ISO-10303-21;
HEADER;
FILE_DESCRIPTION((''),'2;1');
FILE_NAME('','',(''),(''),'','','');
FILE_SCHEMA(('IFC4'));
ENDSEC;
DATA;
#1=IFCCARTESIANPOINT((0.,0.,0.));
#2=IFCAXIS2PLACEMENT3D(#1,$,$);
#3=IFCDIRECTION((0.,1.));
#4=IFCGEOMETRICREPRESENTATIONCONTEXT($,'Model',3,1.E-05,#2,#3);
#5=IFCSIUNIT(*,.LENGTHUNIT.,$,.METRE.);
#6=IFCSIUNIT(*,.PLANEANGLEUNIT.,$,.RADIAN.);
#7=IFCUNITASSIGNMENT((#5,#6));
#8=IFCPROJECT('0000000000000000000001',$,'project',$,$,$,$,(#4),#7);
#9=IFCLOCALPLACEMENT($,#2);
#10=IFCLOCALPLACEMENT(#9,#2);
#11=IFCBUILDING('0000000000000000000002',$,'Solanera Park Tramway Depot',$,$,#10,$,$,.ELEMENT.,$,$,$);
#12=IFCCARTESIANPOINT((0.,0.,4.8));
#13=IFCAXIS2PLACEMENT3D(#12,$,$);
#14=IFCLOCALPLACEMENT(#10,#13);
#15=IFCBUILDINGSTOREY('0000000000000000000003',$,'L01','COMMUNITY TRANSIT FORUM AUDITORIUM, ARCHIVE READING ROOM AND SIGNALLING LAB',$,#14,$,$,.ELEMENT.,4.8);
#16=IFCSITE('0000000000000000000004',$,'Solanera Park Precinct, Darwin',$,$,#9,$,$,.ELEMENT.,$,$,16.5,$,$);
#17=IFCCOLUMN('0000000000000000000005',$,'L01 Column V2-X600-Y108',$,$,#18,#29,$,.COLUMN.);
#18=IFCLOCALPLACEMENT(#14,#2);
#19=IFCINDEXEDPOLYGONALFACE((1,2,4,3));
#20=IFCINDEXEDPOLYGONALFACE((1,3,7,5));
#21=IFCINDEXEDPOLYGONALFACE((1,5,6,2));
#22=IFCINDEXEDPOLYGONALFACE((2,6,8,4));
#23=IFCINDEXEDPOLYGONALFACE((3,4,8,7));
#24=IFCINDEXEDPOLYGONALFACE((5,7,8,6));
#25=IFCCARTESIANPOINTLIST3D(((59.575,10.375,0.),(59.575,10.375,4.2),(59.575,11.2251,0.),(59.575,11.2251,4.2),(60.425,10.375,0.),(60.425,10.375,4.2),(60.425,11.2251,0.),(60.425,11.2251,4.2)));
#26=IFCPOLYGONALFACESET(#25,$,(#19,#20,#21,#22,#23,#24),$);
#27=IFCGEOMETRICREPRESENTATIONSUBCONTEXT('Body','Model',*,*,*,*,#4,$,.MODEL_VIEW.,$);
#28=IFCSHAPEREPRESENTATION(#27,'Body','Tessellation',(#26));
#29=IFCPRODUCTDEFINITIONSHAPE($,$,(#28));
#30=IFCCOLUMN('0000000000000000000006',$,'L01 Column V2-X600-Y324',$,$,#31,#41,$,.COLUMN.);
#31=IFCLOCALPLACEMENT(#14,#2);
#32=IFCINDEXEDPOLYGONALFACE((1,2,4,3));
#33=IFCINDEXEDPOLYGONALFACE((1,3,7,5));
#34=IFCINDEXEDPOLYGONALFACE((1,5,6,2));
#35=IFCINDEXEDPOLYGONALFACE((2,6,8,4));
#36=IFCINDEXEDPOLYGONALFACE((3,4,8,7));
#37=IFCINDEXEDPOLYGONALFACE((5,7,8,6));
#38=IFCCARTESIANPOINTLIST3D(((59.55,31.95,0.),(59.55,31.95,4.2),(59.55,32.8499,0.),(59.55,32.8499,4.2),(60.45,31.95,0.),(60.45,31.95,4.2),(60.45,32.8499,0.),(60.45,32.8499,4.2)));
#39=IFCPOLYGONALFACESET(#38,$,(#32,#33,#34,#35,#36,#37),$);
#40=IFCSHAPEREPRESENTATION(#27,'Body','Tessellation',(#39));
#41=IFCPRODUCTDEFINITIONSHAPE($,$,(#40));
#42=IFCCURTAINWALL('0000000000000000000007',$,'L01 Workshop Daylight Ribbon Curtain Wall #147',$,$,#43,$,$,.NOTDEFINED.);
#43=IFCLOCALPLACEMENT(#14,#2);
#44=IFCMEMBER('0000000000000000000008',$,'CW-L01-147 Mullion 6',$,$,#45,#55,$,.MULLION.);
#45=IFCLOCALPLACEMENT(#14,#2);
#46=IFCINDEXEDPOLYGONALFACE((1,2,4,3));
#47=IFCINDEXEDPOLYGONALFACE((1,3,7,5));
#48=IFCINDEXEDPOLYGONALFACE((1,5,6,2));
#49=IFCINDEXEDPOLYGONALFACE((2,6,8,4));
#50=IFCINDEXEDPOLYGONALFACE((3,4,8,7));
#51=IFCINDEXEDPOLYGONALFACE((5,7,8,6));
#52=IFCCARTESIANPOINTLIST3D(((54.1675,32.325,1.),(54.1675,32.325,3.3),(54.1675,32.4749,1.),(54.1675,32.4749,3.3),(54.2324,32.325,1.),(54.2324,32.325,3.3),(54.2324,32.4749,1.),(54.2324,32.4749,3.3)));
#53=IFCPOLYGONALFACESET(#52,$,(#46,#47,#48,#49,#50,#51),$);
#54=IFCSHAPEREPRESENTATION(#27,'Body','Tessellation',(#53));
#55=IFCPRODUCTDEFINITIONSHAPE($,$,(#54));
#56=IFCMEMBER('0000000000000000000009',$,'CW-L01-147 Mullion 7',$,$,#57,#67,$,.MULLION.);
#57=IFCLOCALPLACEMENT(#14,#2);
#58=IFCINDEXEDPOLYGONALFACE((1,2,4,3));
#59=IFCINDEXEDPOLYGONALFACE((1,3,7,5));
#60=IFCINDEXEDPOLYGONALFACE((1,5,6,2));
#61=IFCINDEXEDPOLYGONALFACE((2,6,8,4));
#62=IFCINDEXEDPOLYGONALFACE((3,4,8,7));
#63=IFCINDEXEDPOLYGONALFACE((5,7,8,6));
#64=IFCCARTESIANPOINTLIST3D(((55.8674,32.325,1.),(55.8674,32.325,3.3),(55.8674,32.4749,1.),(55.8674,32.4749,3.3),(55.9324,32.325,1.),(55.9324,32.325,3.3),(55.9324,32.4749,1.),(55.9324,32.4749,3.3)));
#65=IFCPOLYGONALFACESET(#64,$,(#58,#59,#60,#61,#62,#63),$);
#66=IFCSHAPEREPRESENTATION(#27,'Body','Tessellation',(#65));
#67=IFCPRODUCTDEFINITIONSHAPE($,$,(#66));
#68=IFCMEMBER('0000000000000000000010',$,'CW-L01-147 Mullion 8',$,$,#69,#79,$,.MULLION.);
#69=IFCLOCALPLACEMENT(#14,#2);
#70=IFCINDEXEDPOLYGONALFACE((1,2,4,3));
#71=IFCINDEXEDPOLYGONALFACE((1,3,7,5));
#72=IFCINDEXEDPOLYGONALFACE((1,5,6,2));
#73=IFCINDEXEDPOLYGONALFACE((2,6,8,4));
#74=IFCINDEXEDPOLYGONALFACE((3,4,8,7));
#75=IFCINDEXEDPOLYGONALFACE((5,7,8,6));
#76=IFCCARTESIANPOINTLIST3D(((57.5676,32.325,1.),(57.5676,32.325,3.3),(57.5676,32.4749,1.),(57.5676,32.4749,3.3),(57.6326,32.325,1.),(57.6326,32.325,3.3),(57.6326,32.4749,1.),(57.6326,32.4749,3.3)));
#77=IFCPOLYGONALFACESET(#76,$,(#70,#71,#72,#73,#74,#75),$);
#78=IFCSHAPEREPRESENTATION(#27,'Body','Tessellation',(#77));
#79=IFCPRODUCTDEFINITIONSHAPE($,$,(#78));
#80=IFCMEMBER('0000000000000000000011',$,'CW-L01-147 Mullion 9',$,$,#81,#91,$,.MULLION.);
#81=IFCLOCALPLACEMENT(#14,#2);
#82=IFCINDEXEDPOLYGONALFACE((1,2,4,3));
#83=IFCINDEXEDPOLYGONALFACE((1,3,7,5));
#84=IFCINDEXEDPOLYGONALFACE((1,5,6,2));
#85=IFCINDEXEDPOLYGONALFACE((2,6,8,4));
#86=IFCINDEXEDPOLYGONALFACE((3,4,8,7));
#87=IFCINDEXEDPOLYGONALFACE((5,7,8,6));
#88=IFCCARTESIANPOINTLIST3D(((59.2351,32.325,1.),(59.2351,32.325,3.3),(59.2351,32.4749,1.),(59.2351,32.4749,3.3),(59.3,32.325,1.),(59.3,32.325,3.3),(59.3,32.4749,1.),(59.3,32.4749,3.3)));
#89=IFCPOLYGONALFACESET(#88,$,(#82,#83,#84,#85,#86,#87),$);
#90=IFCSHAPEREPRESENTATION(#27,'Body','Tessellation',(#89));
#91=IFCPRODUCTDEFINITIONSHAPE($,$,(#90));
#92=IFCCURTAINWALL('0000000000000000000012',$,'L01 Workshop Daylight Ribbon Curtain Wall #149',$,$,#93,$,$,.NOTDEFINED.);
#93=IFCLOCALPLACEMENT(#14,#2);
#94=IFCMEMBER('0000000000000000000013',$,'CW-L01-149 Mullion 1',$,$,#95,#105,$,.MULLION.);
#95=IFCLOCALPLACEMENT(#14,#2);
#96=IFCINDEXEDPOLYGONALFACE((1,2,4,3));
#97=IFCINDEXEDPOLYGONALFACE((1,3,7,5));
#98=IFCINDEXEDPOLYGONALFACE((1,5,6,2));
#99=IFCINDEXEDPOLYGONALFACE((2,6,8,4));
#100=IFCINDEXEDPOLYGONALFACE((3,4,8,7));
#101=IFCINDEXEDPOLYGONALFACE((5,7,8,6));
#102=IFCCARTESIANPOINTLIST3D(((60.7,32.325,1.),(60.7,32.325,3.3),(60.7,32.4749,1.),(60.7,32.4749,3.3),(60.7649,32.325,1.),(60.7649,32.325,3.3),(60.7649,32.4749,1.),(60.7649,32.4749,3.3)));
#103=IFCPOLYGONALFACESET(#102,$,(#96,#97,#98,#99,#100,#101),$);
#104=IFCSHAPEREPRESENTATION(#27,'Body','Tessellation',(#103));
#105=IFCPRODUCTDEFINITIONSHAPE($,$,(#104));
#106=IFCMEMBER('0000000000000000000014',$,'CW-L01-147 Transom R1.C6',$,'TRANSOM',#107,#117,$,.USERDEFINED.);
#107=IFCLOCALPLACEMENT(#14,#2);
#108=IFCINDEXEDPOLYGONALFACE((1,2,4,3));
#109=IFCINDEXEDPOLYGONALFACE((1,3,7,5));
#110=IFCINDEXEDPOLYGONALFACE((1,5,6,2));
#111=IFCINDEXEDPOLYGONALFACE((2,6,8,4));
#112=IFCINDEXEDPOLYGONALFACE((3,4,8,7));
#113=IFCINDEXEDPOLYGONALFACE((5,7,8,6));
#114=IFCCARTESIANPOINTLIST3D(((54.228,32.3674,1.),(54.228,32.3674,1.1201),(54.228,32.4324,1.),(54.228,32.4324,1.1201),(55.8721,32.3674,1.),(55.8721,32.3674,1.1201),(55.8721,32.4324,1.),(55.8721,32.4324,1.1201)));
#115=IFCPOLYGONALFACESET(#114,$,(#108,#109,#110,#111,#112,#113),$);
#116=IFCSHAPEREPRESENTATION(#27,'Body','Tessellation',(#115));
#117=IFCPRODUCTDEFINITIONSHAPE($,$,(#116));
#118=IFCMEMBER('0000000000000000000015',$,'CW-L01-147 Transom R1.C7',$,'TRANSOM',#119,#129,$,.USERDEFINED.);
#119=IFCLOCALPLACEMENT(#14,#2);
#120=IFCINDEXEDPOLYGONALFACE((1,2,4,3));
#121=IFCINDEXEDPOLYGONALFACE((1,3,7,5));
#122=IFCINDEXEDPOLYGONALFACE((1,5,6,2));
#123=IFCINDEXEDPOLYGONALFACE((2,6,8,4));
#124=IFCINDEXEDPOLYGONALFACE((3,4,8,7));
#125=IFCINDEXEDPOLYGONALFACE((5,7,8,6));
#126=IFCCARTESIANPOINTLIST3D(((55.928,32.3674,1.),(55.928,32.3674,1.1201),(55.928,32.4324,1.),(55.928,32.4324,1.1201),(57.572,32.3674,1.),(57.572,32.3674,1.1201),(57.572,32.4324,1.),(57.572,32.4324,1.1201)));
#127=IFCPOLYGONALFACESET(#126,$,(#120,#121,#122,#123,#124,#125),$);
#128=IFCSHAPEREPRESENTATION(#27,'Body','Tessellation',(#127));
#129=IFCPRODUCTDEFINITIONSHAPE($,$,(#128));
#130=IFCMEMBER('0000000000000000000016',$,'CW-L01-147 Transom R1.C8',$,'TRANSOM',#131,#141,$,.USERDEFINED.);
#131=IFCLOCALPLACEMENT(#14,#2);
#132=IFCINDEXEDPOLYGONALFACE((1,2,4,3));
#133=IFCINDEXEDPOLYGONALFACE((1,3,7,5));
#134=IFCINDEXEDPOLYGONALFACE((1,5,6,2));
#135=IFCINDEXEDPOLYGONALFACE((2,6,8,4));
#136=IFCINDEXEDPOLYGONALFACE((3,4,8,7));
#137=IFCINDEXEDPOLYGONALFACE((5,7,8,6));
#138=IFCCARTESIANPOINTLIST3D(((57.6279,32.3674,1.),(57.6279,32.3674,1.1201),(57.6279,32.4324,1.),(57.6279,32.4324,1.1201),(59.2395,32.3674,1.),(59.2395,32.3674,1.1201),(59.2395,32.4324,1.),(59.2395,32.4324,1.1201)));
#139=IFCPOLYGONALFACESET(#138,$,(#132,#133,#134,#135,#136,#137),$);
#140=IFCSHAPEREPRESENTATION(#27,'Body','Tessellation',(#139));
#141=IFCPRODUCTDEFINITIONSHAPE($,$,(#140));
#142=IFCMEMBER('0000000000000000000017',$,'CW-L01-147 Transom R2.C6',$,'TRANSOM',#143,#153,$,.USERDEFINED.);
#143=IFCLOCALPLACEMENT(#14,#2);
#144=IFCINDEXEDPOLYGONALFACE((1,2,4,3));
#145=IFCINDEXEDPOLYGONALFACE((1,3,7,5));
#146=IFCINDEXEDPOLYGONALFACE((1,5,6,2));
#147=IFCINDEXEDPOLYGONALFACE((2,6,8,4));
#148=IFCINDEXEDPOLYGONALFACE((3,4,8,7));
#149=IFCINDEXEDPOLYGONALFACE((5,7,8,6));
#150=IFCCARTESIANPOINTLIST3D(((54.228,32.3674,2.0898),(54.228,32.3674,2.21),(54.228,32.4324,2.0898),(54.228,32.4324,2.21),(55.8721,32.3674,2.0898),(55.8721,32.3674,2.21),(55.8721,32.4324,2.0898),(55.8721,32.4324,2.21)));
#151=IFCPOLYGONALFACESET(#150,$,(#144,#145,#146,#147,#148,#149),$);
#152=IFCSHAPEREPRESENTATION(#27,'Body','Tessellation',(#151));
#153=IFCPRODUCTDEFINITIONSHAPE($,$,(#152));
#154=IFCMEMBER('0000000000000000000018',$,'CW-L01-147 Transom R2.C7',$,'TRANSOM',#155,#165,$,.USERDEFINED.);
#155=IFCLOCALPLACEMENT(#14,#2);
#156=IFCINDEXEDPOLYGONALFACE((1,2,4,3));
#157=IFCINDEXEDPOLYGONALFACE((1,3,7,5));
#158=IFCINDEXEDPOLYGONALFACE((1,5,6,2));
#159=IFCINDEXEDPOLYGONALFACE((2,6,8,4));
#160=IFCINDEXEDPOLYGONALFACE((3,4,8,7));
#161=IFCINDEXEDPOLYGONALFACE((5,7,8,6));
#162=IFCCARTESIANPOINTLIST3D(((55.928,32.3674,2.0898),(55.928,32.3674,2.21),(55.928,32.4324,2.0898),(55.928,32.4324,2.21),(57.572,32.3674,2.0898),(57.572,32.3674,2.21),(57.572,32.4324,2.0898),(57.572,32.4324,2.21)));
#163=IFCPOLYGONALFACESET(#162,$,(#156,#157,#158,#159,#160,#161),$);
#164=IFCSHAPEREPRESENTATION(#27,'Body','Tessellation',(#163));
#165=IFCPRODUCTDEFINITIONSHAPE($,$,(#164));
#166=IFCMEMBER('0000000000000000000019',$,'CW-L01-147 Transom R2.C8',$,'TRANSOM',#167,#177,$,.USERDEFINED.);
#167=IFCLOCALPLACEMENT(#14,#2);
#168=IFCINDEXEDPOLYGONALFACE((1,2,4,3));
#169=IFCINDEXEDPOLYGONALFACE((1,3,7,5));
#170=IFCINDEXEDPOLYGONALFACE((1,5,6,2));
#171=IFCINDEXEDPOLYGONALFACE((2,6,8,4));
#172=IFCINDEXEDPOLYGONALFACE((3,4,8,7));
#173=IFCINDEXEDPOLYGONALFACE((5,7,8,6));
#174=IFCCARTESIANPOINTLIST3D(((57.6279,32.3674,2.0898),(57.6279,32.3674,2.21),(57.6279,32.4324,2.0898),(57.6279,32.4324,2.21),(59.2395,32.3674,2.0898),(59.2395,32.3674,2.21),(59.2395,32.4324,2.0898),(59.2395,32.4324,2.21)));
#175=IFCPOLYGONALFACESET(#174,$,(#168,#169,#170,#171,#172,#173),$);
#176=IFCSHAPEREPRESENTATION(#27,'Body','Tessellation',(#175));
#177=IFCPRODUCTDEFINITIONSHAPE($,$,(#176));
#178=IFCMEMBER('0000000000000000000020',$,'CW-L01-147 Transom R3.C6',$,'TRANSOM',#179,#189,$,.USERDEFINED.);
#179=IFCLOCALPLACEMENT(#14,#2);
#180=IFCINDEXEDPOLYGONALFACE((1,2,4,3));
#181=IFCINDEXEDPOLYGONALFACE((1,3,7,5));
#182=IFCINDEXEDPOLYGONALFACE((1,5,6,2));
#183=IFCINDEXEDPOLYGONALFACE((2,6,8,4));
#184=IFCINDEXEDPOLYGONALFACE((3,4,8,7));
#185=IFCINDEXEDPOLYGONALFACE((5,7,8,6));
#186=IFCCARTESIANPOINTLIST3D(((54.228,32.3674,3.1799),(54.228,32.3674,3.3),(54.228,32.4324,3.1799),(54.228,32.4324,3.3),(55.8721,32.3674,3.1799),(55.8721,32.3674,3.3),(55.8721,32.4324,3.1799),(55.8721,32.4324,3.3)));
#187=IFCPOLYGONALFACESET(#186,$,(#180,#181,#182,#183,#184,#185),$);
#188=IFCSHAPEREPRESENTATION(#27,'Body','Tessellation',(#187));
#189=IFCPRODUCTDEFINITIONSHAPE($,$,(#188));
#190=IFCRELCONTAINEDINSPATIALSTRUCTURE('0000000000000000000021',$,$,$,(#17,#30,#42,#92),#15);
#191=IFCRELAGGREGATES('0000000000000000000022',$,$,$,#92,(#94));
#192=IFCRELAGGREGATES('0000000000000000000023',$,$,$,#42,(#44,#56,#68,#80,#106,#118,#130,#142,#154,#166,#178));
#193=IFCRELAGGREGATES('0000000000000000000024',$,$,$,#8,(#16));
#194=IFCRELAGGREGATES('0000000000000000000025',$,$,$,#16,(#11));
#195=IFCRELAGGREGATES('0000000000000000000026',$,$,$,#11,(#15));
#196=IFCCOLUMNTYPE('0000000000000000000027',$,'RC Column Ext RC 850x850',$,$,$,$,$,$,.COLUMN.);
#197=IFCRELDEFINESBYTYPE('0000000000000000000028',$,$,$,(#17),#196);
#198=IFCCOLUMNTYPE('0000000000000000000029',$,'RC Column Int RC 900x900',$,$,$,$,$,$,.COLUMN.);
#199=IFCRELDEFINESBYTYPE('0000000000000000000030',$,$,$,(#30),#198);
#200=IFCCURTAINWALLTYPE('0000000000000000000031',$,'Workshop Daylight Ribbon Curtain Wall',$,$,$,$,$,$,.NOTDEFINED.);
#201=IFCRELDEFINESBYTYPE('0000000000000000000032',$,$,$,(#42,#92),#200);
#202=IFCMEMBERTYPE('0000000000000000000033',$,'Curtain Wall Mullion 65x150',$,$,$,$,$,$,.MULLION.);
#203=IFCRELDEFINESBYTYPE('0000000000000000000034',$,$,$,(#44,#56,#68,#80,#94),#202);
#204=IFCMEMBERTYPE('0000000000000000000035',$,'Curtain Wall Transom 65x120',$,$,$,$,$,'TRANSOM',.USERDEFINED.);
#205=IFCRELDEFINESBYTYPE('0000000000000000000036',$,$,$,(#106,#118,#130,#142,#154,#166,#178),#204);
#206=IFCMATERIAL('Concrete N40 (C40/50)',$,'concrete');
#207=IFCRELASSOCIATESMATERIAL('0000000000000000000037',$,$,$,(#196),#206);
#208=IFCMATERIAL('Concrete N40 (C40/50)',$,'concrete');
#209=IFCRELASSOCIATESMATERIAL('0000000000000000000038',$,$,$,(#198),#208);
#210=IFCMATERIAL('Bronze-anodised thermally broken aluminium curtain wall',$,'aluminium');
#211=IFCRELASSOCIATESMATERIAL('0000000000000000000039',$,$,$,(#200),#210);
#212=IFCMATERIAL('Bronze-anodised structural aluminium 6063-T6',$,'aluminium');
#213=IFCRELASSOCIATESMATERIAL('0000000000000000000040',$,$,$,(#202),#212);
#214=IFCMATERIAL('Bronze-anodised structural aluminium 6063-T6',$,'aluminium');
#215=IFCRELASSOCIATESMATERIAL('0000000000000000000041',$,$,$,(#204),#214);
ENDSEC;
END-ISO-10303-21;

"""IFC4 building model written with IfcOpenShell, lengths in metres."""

from ifc_helpers import new_model, si_unit, direction, frame, origin, origin_2d, place, context, subcontext, project, spatial, rectangle, extrude, material, material_profile, profile_set, type_object, element, aggregate, save


model = new_model("IFC4")

# Units and contexts
model_context = context("Model", 3, precision=1e-05, world=origin(), true_north=direction((0.0, 1.0)))
body_context = subcontext(model_context, "Body", "Model", "MODEL_VIEW")
ifc_project = project(units=[si_unit("LENGTHUNIT", "METRE"), si_unit("PLANEANGLEUNIT", "RADIAN")], contexts=[model_context])

# Site, building, storey
site_placement = place(None, origin())
site = spatial("IfcSite", under=ifc_project, at=site_placement, Name="Solanera Park Precinct, Darwin", CompositionType="ELEMENT", RefElevation=16.5)
building_placement = place(site_placement, origin())
building = spatial("IfcBuilding", under=site, at=building_placement, Name="Solanera Park Tramway Depot", CompositionType="ELEMENT")
storey_placement = place(building_placement, frame((0.0, 0.0, 4.8)))
storey = spatial("IfcBuildingStorey", under=building, at=storey_placement, Name="L01", Description="COMMUNITY TRANSIT FORUM AUDITORIUM, ARCHIVE READING ROOM AND SIGNALLING LAB", CompositionType="ELEMENT", Elevation=4.8)

# Columns
ifc_material_1 = material(Name="Concrete N40 (C40/50)", Category="concrete")
ifc_material_profile_1 = material_profile(ifc_material_1, rectangle(XDim=0.8501, YDim=0.8501, at=origin_2d()), Name="RC 850x850")
ifc_profile_set_1 = profile_set([ifc_material_profile_1], Name="Concrete N40 (C40/50)")
column_type_1 = type_object("IfcColumnType", Name="RC Column Ext RC 850x850", PredefinedType="COLUMN", material=ifc_profile_set_1)
column_1_placement = place(storey_placement, frame((60.0, 10.8, 0.0), z_axis=(0.0, 0.0, 1.0), x_axis=(1.0, 0.0, 0.0)))
element("IfcColumn", 1, at=column_1_placement, inside=storey, type_object=column_type_1, Name="L01 Column V2-X600-Y108", PredefinedType="COLUMN", context=body_context, shape_type="SweptSolid", body=[
    extrude(rectangle(XDim=0.8501, YDim=0.8501, at=origin_2d()), origin(), (0.0, 0.0, 1.0), 4.2),
])
ifc_material_2 = material(Name="Concrete N40 (C40/50)", Category="concrete")
ifc_material_profile_2 = material_profile(ifc_material_2, rectangle(XDim=0.8999, YDim=0.8999, at=origin_2d()), Name="RC 900x900")
ifc_profile_set_2 = profile_set([ifc_material_profile_2], Name="Concrete N40 (C40/50)")
column_type_2 = type_object("IfcColumnType", Name="RC Column Int RC 900x900", PredefinedType="COLUMN", material=ifc_profile_set_2)
column_2_placement = place(storey_placement, frame((60.0, 32.3999, 0.0), z_axis=(0.0, 0.0, 1.0), x_axis=(1.0, 0.0, 0.0)))
element("IfcColumn", 2, at=column_2_placement, inside=storey, type_object=column_type_2, Name="L01 Column V2-X600-Y324", PredefinedType="COLUMN", context=body_context, shape_type="SweptSolid", body=[
    extrude(rectangle(XDim=0.8999, YDim=0.8999, at=origin_2d()), origin(), (0.0, 0.0, 1.0), 4.2),
])

# Curtain wall, members
ifc_material_3 = material(Name="Bronze-anodised thermally broken aluminium curtain wall", Category="aluminium")
curtain_wall_type = type_object("IfcCurtainWallType", Name="Workshop Daylight Ribbon Curtain Wall", PredefinedType="NOTDEFINED", material=ifc_material_3)
curtain_wall_1_placement = place(storey_placement, origin())
curtain_wall_1 = element("IfcCurtainWall", 3, at=curtain_wall_1_placement, inside=storey, type_object=curtain_wall_type, Name="L01 Workshop Daylight Ribbon Curtain Wall #147", PredefinedType="NOTDEFINED")
ifc_material_4 = material(Name="Bronze-anodised structural aluminium 6063-T6", Category="aluminium")
ifc_material_profile_3 = material_profile(ifc_material_4, rectangle(XDim=0.0649, YDim=0.1499, at=origin_2d()), Name="Curtain Wall Mullion 65x150")
ifc_profile_set_3 = profile_set([ifc_material_profile_3], Name="Bronze-anodised structural aluminium 6063-T6")
member_type_1 = type_object("IfcMemberType", Name="Curtain Wall Mullion 65x150", PredefinedType="MULLION", material=ifc_profile_set_3)
member_1_placement = place(storey_placement, frame((54.2, 32.3999, 1.0), z_axis=(0.0, 0.0, 1.0), x_axis=(1.0, 0.0, 0.0)))
member_1 = element("IfcMember", 4, at=member_1_placement, type_object=member_type_1, Name="CW-L01-147 Mullion 6", PredefinedType="MULLION", context=body_context, shape_type="SweptSolid", body=[
    extrude(rectangle(XDim=0.0649, YDim=0.1499, at=origin_2d()), origin(), (0.0, 0.0, 1.0), 2.3),
])
member_2_placement = place(storey_placement, frame((55.8999, 32.3999, 1.0), z_axis=(0.0, 0.0, 1.0), x_axis=(1.0, 0.0, 0.0)))
member_2 = element("IfcMember", 5, at=member_2_placement, type_object=member_type_1, Name="CW-L01-147 Mullion 7", PredefinedType="MULLION", context=body_context, shape_type="SweptSolid", body=[
    extrude(rectangle(XDim=0.0649, YDim=0.1499, at=origin_2d()), origin(), (0.0, 0.0, 1.0), 2.3),
])
member_3_placement = place(storey_placement, frame((57.6001, 32.3999, 1.0), z_axis=(0.0, 0.0, 1.0), x_axis=(1.0, 0.0, 0.0)))
member_3 = element("IfcMember", 6, at=member_3_placement, type_object=member_type_1, Name="CW-L01-147 Mullion 8", PredefinedType="MULLION", context=body_context, shape_type="SweptSolid", body=[
    extrude(rectangle(XDim=0.0649, YDim=0.1499, at=origin_2d()), origin(), (0.0, 0.0, 1.0), 2.3),
])
member_4_placement = place(storey_placement, frame((59.2676, 32.3999, 1.0), z_axis=(0.0, 0.0, 1.0), x_axis=(1.0, 0.0, 0.0)))
member_4 = element("IfcMember", 7, at=member_4_placement, type_object=member_type_1, Name="CW-L01-147 Mullion 9", PredefinedType="MULLION", context=body_context, shape_type="SweptSolid", body=[
    extrude(rectangle(XDim=0.0649, YDim=0.1499, at=origin_2d()), origin(), (0.0, 0.0, 1.0), 2.3),
])

# Curtain wall, member
curtain_wall_2_placement = place(storey_placement, origin())
curtain_wall_2 = element("IfcCurtainWall", 8, at=curtain_wall_2_placement, inside=storey, type_object=curtain_wall_type, Name="L01 Workshop Daylight Ribbon Curtain Wall #149", PredefinedType="NOTDEFINED")
member_5_placement = place(storey_placement, frame((60.7324, 32.3999, 1.0), z_axis=(0.0, 0.0, 1.0), x_axis=(1.0, 0.0, 0.0)))
member_5 = element("IfcMember", 9, at=member_5_placement, type_object=member_type_1, Name="CW-L01-149 Mullion 1", PredefinedType="MULLION", context=body_context, shape_type="SweptSolid", body=[
    extrude(rectangle(XDim=0.0649, YDim=0.1499, at=origin_2d()), origin(), (0.0, 0.0, 1.0), 2.3),
])
aggregate(curtain_wall_2, [member_5])

# Members
ifc_material_5 = material(Name="Bronze-anodised structural aluminium 6063-T6", Category="aluminium")
ifc_material_profile_4 = material_profile(ifc_material_5, rectangle(XDim=0.0649, YDim=0.1201, at=origin_2d()), Name="Curtain Wall Transom 65x120")
ifc_profile_set_4 = profile_set([ifc_material_profile_4], Name="Bronze-anodised structural aluminium 6063-T6")
member_type_2 = type_object("IfcMemberType", Name="Curtain Wall Transom 65x120", ElementType="TRANSOM", PredefinedType="USERDEFINED", material=ifc_profile_set_4)
member_6_placement = place(storey_placement, frame((54.228, 32.3999, 1.0601), z_axis=(1.0, 0.0, 0.0), x_axis=(0.0, 1.0, 0.0)))
member_6 = element("IfcMember", 10, at=member_6_placement, type_object=member_type_2, Name="CW-L01-147 Transom R1.C6", ObjectType="TRANSOM", PredefinedType="USERDEFINED", context=body_context, shape_type="SweptSolid", body=[
    extrude(rectangle(XDim=0.0649, YDim=0.1201, at=origin_2d()), origin(), (0.0, 0.0, 1.0), 1.644),
])
member_7_placement = place(storey_placement, frame((55.928, 32.3999, 1.0601), z_axis=(1.0, 0.0, 0.0), x_axis=(0.0, 1.0, 0.0)))
member_7 = element("IfcMember", 11, at=member_7_placement, type_object=member_type_2, Name="CW-L01-147 Transom R1.C7", ObjectType="TRANSOM", PredefinedType="USERDEFINED", context=body_context, shape_type="SweptSolid", body=[
    extrude(rectangle(XDim=0.0649, YDim=0.1201, at=origin_2d()), origin(), (0.0, 0.0, 1.0), 1.644),
])
member_8_placement = place(storey_placement, frame((57.6279, 32.3999, 1.0601), z_axis=(1.0, 0.0, 0.0), x_axis=(0.0, 1.0, 0.0)))
member_8 = element("IfcMember", 12, at=member_8_placement, type_object=member_type_2, Name="CW-L01-147 Transom R1.C8", ObjectType="TRANSOM", PredefinedType="USERDEFINED", context=body_context, shape_type="SweptSolid", body=[
    extrude(rectangle(XDim=0.0649, YDim=0.1201, at=origin_2d()), origin(), (0.0, 0.0, 1.0), 1.6116),
])
member_9_placement = place(storey_placement, frame((54.228, 32.3999, 2.1499), z_axis=(1.0, 0.0, 0.0), x_axis=(0.0, 1.0, 0.0)))
member_9 = element("IfcMember", 13, at=member_9_placement, type_object=member_type_2, Name="CW-L01-147 Transom R2.C6", ObjectType="TRANSOM", PredefinedType="USERDEFINED", context=body_context, shape_type="SweptSolid", body=[
    extrude(rectangle(XDim=0.0649, YDim=0.1201, at=origin_2d()), origin(), (0.0, 0.0, 1.0), 1.644),
])
member_10_placement = place(storey_placement, frame((55.928, 32.3999, 2.1499), z_axis=(1.0, 0.0, 0.0), x_axis=(0.0, 1.0, 0.0)))
member_10 = element("IfcMember", 14, at=member_10_placement, type_object=member_type_2, Name="CW-L01-147 Transom R2.C7", ObjectType="TRANSOM", PredefinedType="USERDEFINED", context=body_context, shape_type="SweptSolid", body=[
    extrude(rectangle(XDim=0.0649, YDim=0.1201, at=origin_2d()), origin(), (0.0, 0.0, 1.0), 1.644),
])
member_11_placement = place(storey_placement, frame((57.6279, 32.3999, 2.1499), z_axis=(1.0, 0.0, 0.0), x_axis=(0.0, 1.0, 0.0)))
member_11 = element("IfcMember", 15, at=member_11_placement, type_object=member_type_2, Name="CW-L01-147 Transom R2.C8", ObjectType="TRANSOM", PredefinedType="USERDEFINED", context=body_context, shape_type="SweptSolid", body=[
    extrude(rectangle(XDim=0.0649, YDim=0.1201, at=origin_2d()), origin(), (0.0, 0.0, 1.0), 1.6116),
])
member_12_placement = place(storey_placement, frame((54.228, 32.3999, 3.24), z_axis=(1.0, 0.0, 0.0), x_axis=(0.0, 1.0, 0.0)))
member_12 = element("IfcMember", 16, at=member_12_placement, type_object=member_type_2, Name="CW-L01-147 Transom R3.C6", ObjectType="TRANSOM", PredefinedType="USERDEFINED", context=body_context, shape_type="SweptSolid", body=[
    extrude(rectangle(XDim=0.0649, YDim=0.1201, at=origin_2d()), origin(), (0.0, 0.0, 1.0), 1.644),
])

aggregate(curtain_wall_1, [member_1, member_2, member_3, member_4, member_6, member_7, member_8, member_9, member_10, member_11, member_12])

save(model, "model.ifc")
